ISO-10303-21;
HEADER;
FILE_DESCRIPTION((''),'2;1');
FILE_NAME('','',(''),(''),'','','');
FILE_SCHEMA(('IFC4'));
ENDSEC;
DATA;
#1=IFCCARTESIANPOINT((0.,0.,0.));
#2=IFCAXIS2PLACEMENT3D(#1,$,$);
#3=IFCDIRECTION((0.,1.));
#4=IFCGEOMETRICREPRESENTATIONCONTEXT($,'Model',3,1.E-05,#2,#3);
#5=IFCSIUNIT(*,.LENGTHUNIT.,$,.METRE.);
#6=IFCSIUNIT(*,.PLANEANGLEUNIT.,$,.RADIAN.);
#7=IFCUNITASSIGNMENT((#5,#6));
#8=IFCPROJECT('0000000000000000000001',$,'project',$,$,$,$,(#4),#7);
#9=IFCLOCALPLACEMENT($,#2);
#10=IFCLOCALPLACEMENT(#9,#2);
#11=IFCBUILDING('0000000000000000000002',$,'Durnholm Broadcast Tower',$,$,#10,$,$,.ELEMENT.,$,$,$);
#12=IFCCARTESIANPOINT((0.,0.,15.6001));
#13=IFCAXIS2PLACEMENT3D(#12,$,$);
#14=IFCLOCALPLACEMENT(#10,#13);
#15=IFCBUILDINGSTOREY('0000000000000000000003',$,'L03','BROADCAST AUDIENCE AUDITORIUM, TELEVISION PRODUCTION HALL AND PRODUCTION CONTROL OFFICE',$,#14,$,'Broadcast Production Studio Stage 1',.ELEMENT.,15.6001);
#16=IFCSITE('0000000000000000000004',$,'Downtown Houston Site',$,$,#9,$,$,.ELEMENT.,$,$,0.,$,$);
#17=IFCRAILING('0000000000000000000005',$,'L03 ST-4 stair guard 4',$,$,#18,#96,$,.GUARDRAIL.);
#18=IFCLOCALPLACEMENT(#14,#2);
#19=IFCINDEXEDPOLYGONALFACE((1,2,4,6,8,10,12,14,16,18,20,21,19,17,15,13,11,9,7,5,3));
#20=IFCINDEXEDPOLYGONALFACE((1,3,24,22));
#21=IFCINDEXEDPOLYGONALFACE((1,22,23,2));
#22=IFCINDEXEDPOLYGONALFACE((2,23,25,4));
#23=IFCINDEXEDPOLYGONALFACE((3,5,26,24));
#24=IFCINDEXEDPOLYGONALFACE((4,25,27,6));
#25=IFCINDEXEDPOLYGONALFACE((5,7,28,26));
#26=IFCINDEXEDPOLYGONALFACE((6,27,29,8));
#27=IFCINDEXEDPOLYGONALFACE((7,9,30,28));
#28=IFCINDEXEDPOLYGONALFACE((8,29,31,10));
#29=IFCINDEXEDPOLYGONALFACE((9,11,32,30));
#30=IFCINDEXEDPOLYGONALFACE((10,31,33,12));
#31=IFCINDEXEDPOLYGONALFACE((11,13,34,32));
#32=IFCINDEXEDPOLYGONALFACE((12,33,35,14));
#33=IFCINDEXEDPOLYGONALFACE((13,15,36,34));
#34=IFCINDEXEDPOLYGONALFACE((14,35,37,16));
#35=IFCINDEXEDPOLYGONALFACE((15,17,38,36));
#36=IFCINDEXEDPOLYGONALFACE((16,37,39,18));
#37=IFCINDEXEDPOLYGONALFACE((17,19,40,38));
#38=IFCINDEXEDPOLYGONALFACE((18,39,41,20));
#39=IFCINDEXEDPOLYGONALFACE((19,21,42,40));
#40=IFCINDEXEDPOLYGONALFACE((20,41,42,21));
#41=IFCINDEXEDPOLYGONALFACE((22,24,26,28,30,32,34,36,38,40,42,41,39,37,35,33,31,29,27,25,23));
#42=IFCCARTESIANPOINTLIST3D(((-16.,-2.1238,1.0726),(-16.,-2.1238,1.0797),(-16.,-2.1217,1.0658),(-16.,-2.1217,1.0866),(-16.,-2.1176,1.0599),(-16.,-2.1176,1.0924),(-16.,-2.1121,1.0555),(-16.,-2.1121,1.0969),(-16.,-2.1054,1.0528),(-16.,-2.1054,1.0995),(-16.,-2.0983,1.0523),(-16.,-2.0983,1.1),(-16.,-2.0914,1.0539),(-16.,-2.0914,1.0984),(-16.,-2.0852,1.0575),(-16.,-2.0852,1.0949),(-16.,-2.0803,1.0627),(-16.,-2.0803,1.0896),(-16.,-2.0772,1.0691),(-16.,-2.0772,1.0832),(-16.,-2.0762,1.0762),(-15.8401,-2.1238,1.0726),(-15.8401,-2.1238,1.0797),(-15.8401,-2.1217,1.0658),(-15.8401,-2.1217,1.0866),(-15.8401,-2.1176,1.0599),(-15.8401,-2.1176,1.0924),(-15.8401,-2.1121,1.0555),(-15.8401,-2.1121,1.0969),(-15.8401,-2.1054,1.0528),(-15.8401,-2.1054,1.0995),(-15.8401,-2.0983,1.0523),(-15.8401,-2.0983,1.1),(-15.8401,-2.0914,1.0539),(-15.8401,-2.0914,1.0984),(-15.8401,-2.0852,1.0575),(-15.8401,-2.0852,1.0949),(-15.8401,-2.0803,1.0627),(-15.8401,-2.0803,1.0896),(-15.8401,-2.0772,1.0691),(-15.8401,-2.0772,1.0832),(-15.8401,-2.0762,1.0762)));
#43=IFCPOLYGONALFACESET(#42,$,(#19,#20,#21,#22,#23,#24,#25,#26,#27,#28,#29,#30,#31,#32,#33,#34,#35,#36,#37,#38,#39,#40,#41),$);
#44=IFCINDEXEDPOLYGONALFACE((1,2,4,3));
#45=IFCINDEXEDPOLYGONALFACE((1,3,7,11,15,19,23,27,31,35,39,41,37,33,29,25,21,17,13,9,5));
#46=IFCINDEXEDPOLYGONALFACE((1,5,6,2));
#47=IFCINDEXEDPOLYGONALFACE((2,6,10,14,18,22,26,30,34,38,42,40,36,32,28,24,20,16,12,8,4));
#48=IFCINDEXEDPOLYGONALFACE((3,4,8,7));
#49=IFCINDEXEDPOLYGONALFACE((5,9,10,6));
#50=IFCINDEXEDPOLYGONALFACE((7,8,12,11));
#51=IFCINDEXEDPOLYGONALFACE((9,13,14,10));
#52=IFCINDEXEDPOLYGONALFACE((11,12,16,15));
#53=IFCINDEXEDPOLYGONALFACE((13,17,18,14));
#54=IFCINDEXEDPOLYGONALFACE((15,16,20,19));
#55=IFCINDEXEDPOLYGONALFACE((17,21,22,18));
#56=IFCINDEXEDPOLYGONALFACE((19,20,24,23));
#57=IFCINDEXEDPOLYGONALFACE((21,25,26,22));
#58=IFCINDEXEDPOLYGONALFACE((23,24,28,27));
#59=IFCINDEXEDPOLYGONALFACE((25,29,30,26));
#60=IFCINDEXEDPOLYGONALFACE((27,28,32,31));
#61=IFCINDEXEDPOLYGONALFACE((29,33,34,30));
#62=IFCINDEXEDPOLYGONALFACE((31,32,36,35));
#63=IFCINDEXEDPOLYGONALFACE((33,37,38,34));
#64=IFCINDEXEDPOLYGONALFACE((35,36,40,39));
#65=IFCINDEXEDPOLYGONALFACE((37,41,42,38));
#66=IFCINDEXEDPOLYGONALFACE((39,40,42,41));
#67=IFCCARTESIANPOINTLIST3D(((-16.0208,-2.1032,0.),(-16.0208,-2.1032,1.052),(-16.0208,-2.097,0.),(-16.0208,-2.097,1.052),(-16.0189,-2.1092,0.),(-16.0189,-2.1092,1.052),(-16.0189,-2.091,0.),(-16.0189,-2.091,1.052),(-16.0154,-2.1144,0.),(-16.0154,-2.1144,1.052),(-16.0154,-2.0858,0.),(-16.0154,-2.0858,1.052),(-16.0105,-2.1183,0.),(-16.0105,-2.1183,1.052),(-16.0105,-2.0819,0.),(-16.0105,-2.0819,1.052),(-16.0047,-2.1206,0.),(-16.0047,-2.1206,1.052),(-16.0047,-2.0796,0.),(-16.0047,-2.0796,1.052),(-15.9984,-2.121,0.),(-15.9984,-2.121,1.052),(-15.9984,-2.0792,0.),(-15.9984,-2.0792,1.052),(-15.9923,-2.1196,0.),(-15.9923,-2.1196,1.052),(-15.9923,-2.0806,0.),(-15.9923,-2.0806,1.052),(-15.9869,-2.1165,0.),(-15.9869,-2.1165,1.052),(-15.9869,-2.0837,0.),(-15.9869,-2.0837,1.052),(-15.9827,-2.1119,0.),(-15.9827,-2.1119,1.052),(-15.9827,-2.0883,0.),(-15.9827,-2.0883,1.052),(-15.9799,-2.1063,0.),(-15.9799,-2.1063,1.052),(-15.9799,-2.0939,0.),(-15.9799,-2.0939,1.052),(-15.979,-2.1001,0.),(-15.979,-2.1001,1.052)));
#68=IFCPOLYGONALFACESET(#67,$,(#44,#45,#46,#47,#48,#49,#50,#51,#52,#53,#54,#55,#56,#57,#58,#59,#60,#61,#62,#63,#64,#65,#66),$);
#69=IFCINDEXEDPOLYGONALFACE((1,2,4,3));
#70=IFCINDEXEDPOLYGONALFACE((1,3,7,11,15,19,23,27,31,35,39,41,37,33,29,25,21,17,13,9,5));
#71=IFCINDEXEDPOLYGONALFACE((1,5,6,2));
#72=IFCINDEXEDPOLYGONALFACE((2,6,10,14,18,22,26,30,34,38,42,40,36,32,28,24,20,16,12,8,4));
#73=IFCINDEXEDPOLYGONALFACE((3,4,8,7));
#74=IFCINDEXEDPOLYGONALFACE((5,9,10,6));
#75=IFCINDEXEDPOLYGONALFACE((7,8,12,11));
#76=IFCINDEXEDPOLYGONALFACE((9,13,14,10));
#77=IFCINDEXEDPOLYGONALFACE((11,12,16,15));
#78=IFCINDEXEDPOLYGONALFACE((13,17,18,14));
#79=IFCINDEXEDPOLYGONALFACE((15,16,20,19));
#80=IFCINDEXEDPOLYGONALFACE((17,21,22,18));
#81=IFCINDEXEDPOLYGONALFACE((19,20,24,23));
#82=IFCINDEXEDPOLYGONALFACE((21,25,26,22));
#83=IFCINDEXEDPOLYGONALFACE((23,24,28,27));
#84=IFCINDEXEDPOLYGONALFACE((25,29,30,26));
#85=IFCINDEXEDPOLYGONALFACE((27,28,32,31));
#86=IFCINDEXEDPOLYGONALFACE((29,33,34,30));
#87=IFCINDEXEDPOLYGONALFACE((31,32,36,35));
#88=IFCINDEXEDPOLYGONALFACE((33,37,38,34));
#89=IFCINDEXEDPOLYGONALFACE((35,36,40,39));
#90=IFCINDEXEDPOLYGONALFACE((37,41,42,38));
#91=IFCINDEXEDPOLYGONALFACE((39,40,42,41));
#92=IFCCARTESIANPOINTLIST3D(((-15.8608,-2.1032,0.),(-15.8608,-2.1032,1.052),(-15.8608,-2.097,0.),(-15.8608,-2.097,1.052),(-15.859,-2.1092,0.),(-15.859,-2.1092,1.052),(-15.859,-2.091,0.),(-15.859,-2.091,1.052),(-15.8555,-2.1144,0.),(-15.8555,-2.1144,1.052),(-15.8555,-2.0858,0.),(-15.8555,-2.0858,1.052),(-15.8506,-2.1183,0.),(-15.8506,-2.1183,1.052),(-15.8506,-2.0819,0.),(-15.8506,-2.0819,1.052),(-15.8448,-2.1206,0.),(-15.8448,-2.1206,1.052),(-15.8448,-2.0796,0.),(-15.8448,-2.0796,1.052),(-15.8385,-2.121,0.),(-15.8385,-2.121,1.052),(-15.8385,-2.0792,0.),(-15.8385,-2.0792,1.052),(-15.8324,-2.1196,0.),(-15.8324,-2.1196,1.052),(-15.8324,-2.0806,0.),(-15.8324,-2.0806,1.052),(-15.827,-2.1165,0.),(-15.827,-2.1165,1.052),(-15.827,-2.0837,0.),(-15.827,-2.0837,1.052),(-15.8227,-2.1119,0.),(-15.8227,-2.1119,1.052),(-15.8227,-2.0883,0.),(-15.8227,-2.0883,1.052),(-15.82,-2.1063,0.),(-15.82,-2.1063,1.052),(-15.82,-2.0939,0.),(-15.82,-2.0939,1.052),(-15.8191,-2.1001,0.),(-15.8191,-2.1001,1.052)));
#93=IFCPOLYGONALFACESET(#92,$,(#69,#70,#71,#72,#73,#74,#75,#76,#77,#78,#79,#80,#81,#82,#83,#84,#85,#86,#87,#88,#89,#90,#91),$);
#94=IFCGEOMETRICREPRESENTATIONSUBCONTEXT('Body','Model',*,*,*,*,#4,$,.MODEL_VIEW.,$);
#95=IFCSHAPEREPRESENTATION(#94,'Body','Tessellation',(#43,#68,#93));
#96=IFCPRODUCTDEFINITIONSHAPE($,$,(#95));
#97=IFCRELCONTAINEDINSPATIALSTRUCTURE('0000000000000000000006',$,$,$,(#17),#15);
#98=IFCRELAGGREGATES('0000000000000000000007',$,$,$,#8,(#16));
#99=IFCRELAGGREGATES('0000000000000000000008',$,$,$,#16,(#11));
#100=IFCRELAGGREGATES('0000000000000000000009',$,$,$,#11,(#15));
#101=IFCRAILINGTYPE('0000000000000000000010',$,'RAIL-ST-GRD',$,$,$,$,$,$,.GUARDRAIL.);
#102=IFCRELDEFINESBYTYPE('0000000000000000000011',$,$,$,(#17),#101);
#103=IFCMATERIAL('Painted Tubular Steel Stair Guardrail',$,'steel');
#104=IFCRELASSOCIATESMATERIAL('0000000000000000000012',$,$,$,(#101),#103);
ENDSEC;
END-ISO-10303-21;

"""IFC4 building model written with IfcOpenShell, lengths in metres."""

from ifc_helpers import new_model, si_unit, direction, frame, origin, origin_2d, place, context, subcontext, project, spatial, circle, extrude, material, type_object, element, save


model = new_model("IFC4")

# Units and contexts
model_context = context("Model", 3, precision=1e-05, world=origin(), true_north=direction((0.0, 1.0)))
body_context = subcontext(model_context, "Body", "Model", "MODEL_VIEW")
ifc_project = project(units=[si_unit("LENGTHUNIT", "METRE"), si_unit("PLANEANGLEUNIT", "RADIAN")], contexts=[model_context])

# Site, building, storey
site_placement = place(None, origin())
site = spatial("IfcSite", under=ifc_project, at=site_placement, Name="Downtown Houston Site", CompositionType="ELEMENT", RefElevation=0.0)
building_placement = place(site_placement, origin())
building = spatial("IfcBuilding", under=site, at=building_placement, Name="Durnholm Broadcast Tower", CompositionType="ELEMENT")
storey_placement = place(building_placement, frame((0.0, 0.0, 15.6001)))
storey = spatial("IfcBuildingStorey", under=building, at=storey_placement, Name="L03", Description="BROADCAST AUDIENCE AUDITORIUM, TELEVISION PRODUCTION HALL AND PRODUCTION CONTROL OFFICE", LongName="Broadcast Production Studio Stage 1", CompositionType="ELEMENT", Elevation=15.6001)

# Railing
ifc_material_1 = material(Name="Painted Tubular Steel Stair Guardrail", Category="steel")
railing_type_1 = type_object("IfcRailingType", Name="RAIL-ST-GRD", PredefinedType="GUARDRAIL", material=ifc_material_1)
railing_1_placement = place(storey_placement, frame((-16.0, -2.1001, 0.0)))
element("IfcRailing", 1, at=railing_1_placement, inside=storey, type_object=railing_type_1, Name="L03 ST-4 stair guard 4", PredefinedType="GUARDRAIL", context=body_context, shape_type="SweptSolid", body=[
    extrude(circle(Radius=0.0239, at=origin_2d()), frame((0.0, 0.0, 1.0762), z_axis=(1.0, 0.0, 0.0), x_axis=(0.0, 1.0, 0.0)), (0.0, 0.0, 1.0), 0.1599),
    extrude(circle(Radius=0.021, at=origin_2d()), origin(), (0.0, 0.0, 1.0), 1.052),
    extrude(circle(Radius=0.021, at=origin_2d()), frame((0.1599, 0.0, 0.0)), (0.0, 0.0, 1.0), 1.052),
])

save(model, "model.ifc")
